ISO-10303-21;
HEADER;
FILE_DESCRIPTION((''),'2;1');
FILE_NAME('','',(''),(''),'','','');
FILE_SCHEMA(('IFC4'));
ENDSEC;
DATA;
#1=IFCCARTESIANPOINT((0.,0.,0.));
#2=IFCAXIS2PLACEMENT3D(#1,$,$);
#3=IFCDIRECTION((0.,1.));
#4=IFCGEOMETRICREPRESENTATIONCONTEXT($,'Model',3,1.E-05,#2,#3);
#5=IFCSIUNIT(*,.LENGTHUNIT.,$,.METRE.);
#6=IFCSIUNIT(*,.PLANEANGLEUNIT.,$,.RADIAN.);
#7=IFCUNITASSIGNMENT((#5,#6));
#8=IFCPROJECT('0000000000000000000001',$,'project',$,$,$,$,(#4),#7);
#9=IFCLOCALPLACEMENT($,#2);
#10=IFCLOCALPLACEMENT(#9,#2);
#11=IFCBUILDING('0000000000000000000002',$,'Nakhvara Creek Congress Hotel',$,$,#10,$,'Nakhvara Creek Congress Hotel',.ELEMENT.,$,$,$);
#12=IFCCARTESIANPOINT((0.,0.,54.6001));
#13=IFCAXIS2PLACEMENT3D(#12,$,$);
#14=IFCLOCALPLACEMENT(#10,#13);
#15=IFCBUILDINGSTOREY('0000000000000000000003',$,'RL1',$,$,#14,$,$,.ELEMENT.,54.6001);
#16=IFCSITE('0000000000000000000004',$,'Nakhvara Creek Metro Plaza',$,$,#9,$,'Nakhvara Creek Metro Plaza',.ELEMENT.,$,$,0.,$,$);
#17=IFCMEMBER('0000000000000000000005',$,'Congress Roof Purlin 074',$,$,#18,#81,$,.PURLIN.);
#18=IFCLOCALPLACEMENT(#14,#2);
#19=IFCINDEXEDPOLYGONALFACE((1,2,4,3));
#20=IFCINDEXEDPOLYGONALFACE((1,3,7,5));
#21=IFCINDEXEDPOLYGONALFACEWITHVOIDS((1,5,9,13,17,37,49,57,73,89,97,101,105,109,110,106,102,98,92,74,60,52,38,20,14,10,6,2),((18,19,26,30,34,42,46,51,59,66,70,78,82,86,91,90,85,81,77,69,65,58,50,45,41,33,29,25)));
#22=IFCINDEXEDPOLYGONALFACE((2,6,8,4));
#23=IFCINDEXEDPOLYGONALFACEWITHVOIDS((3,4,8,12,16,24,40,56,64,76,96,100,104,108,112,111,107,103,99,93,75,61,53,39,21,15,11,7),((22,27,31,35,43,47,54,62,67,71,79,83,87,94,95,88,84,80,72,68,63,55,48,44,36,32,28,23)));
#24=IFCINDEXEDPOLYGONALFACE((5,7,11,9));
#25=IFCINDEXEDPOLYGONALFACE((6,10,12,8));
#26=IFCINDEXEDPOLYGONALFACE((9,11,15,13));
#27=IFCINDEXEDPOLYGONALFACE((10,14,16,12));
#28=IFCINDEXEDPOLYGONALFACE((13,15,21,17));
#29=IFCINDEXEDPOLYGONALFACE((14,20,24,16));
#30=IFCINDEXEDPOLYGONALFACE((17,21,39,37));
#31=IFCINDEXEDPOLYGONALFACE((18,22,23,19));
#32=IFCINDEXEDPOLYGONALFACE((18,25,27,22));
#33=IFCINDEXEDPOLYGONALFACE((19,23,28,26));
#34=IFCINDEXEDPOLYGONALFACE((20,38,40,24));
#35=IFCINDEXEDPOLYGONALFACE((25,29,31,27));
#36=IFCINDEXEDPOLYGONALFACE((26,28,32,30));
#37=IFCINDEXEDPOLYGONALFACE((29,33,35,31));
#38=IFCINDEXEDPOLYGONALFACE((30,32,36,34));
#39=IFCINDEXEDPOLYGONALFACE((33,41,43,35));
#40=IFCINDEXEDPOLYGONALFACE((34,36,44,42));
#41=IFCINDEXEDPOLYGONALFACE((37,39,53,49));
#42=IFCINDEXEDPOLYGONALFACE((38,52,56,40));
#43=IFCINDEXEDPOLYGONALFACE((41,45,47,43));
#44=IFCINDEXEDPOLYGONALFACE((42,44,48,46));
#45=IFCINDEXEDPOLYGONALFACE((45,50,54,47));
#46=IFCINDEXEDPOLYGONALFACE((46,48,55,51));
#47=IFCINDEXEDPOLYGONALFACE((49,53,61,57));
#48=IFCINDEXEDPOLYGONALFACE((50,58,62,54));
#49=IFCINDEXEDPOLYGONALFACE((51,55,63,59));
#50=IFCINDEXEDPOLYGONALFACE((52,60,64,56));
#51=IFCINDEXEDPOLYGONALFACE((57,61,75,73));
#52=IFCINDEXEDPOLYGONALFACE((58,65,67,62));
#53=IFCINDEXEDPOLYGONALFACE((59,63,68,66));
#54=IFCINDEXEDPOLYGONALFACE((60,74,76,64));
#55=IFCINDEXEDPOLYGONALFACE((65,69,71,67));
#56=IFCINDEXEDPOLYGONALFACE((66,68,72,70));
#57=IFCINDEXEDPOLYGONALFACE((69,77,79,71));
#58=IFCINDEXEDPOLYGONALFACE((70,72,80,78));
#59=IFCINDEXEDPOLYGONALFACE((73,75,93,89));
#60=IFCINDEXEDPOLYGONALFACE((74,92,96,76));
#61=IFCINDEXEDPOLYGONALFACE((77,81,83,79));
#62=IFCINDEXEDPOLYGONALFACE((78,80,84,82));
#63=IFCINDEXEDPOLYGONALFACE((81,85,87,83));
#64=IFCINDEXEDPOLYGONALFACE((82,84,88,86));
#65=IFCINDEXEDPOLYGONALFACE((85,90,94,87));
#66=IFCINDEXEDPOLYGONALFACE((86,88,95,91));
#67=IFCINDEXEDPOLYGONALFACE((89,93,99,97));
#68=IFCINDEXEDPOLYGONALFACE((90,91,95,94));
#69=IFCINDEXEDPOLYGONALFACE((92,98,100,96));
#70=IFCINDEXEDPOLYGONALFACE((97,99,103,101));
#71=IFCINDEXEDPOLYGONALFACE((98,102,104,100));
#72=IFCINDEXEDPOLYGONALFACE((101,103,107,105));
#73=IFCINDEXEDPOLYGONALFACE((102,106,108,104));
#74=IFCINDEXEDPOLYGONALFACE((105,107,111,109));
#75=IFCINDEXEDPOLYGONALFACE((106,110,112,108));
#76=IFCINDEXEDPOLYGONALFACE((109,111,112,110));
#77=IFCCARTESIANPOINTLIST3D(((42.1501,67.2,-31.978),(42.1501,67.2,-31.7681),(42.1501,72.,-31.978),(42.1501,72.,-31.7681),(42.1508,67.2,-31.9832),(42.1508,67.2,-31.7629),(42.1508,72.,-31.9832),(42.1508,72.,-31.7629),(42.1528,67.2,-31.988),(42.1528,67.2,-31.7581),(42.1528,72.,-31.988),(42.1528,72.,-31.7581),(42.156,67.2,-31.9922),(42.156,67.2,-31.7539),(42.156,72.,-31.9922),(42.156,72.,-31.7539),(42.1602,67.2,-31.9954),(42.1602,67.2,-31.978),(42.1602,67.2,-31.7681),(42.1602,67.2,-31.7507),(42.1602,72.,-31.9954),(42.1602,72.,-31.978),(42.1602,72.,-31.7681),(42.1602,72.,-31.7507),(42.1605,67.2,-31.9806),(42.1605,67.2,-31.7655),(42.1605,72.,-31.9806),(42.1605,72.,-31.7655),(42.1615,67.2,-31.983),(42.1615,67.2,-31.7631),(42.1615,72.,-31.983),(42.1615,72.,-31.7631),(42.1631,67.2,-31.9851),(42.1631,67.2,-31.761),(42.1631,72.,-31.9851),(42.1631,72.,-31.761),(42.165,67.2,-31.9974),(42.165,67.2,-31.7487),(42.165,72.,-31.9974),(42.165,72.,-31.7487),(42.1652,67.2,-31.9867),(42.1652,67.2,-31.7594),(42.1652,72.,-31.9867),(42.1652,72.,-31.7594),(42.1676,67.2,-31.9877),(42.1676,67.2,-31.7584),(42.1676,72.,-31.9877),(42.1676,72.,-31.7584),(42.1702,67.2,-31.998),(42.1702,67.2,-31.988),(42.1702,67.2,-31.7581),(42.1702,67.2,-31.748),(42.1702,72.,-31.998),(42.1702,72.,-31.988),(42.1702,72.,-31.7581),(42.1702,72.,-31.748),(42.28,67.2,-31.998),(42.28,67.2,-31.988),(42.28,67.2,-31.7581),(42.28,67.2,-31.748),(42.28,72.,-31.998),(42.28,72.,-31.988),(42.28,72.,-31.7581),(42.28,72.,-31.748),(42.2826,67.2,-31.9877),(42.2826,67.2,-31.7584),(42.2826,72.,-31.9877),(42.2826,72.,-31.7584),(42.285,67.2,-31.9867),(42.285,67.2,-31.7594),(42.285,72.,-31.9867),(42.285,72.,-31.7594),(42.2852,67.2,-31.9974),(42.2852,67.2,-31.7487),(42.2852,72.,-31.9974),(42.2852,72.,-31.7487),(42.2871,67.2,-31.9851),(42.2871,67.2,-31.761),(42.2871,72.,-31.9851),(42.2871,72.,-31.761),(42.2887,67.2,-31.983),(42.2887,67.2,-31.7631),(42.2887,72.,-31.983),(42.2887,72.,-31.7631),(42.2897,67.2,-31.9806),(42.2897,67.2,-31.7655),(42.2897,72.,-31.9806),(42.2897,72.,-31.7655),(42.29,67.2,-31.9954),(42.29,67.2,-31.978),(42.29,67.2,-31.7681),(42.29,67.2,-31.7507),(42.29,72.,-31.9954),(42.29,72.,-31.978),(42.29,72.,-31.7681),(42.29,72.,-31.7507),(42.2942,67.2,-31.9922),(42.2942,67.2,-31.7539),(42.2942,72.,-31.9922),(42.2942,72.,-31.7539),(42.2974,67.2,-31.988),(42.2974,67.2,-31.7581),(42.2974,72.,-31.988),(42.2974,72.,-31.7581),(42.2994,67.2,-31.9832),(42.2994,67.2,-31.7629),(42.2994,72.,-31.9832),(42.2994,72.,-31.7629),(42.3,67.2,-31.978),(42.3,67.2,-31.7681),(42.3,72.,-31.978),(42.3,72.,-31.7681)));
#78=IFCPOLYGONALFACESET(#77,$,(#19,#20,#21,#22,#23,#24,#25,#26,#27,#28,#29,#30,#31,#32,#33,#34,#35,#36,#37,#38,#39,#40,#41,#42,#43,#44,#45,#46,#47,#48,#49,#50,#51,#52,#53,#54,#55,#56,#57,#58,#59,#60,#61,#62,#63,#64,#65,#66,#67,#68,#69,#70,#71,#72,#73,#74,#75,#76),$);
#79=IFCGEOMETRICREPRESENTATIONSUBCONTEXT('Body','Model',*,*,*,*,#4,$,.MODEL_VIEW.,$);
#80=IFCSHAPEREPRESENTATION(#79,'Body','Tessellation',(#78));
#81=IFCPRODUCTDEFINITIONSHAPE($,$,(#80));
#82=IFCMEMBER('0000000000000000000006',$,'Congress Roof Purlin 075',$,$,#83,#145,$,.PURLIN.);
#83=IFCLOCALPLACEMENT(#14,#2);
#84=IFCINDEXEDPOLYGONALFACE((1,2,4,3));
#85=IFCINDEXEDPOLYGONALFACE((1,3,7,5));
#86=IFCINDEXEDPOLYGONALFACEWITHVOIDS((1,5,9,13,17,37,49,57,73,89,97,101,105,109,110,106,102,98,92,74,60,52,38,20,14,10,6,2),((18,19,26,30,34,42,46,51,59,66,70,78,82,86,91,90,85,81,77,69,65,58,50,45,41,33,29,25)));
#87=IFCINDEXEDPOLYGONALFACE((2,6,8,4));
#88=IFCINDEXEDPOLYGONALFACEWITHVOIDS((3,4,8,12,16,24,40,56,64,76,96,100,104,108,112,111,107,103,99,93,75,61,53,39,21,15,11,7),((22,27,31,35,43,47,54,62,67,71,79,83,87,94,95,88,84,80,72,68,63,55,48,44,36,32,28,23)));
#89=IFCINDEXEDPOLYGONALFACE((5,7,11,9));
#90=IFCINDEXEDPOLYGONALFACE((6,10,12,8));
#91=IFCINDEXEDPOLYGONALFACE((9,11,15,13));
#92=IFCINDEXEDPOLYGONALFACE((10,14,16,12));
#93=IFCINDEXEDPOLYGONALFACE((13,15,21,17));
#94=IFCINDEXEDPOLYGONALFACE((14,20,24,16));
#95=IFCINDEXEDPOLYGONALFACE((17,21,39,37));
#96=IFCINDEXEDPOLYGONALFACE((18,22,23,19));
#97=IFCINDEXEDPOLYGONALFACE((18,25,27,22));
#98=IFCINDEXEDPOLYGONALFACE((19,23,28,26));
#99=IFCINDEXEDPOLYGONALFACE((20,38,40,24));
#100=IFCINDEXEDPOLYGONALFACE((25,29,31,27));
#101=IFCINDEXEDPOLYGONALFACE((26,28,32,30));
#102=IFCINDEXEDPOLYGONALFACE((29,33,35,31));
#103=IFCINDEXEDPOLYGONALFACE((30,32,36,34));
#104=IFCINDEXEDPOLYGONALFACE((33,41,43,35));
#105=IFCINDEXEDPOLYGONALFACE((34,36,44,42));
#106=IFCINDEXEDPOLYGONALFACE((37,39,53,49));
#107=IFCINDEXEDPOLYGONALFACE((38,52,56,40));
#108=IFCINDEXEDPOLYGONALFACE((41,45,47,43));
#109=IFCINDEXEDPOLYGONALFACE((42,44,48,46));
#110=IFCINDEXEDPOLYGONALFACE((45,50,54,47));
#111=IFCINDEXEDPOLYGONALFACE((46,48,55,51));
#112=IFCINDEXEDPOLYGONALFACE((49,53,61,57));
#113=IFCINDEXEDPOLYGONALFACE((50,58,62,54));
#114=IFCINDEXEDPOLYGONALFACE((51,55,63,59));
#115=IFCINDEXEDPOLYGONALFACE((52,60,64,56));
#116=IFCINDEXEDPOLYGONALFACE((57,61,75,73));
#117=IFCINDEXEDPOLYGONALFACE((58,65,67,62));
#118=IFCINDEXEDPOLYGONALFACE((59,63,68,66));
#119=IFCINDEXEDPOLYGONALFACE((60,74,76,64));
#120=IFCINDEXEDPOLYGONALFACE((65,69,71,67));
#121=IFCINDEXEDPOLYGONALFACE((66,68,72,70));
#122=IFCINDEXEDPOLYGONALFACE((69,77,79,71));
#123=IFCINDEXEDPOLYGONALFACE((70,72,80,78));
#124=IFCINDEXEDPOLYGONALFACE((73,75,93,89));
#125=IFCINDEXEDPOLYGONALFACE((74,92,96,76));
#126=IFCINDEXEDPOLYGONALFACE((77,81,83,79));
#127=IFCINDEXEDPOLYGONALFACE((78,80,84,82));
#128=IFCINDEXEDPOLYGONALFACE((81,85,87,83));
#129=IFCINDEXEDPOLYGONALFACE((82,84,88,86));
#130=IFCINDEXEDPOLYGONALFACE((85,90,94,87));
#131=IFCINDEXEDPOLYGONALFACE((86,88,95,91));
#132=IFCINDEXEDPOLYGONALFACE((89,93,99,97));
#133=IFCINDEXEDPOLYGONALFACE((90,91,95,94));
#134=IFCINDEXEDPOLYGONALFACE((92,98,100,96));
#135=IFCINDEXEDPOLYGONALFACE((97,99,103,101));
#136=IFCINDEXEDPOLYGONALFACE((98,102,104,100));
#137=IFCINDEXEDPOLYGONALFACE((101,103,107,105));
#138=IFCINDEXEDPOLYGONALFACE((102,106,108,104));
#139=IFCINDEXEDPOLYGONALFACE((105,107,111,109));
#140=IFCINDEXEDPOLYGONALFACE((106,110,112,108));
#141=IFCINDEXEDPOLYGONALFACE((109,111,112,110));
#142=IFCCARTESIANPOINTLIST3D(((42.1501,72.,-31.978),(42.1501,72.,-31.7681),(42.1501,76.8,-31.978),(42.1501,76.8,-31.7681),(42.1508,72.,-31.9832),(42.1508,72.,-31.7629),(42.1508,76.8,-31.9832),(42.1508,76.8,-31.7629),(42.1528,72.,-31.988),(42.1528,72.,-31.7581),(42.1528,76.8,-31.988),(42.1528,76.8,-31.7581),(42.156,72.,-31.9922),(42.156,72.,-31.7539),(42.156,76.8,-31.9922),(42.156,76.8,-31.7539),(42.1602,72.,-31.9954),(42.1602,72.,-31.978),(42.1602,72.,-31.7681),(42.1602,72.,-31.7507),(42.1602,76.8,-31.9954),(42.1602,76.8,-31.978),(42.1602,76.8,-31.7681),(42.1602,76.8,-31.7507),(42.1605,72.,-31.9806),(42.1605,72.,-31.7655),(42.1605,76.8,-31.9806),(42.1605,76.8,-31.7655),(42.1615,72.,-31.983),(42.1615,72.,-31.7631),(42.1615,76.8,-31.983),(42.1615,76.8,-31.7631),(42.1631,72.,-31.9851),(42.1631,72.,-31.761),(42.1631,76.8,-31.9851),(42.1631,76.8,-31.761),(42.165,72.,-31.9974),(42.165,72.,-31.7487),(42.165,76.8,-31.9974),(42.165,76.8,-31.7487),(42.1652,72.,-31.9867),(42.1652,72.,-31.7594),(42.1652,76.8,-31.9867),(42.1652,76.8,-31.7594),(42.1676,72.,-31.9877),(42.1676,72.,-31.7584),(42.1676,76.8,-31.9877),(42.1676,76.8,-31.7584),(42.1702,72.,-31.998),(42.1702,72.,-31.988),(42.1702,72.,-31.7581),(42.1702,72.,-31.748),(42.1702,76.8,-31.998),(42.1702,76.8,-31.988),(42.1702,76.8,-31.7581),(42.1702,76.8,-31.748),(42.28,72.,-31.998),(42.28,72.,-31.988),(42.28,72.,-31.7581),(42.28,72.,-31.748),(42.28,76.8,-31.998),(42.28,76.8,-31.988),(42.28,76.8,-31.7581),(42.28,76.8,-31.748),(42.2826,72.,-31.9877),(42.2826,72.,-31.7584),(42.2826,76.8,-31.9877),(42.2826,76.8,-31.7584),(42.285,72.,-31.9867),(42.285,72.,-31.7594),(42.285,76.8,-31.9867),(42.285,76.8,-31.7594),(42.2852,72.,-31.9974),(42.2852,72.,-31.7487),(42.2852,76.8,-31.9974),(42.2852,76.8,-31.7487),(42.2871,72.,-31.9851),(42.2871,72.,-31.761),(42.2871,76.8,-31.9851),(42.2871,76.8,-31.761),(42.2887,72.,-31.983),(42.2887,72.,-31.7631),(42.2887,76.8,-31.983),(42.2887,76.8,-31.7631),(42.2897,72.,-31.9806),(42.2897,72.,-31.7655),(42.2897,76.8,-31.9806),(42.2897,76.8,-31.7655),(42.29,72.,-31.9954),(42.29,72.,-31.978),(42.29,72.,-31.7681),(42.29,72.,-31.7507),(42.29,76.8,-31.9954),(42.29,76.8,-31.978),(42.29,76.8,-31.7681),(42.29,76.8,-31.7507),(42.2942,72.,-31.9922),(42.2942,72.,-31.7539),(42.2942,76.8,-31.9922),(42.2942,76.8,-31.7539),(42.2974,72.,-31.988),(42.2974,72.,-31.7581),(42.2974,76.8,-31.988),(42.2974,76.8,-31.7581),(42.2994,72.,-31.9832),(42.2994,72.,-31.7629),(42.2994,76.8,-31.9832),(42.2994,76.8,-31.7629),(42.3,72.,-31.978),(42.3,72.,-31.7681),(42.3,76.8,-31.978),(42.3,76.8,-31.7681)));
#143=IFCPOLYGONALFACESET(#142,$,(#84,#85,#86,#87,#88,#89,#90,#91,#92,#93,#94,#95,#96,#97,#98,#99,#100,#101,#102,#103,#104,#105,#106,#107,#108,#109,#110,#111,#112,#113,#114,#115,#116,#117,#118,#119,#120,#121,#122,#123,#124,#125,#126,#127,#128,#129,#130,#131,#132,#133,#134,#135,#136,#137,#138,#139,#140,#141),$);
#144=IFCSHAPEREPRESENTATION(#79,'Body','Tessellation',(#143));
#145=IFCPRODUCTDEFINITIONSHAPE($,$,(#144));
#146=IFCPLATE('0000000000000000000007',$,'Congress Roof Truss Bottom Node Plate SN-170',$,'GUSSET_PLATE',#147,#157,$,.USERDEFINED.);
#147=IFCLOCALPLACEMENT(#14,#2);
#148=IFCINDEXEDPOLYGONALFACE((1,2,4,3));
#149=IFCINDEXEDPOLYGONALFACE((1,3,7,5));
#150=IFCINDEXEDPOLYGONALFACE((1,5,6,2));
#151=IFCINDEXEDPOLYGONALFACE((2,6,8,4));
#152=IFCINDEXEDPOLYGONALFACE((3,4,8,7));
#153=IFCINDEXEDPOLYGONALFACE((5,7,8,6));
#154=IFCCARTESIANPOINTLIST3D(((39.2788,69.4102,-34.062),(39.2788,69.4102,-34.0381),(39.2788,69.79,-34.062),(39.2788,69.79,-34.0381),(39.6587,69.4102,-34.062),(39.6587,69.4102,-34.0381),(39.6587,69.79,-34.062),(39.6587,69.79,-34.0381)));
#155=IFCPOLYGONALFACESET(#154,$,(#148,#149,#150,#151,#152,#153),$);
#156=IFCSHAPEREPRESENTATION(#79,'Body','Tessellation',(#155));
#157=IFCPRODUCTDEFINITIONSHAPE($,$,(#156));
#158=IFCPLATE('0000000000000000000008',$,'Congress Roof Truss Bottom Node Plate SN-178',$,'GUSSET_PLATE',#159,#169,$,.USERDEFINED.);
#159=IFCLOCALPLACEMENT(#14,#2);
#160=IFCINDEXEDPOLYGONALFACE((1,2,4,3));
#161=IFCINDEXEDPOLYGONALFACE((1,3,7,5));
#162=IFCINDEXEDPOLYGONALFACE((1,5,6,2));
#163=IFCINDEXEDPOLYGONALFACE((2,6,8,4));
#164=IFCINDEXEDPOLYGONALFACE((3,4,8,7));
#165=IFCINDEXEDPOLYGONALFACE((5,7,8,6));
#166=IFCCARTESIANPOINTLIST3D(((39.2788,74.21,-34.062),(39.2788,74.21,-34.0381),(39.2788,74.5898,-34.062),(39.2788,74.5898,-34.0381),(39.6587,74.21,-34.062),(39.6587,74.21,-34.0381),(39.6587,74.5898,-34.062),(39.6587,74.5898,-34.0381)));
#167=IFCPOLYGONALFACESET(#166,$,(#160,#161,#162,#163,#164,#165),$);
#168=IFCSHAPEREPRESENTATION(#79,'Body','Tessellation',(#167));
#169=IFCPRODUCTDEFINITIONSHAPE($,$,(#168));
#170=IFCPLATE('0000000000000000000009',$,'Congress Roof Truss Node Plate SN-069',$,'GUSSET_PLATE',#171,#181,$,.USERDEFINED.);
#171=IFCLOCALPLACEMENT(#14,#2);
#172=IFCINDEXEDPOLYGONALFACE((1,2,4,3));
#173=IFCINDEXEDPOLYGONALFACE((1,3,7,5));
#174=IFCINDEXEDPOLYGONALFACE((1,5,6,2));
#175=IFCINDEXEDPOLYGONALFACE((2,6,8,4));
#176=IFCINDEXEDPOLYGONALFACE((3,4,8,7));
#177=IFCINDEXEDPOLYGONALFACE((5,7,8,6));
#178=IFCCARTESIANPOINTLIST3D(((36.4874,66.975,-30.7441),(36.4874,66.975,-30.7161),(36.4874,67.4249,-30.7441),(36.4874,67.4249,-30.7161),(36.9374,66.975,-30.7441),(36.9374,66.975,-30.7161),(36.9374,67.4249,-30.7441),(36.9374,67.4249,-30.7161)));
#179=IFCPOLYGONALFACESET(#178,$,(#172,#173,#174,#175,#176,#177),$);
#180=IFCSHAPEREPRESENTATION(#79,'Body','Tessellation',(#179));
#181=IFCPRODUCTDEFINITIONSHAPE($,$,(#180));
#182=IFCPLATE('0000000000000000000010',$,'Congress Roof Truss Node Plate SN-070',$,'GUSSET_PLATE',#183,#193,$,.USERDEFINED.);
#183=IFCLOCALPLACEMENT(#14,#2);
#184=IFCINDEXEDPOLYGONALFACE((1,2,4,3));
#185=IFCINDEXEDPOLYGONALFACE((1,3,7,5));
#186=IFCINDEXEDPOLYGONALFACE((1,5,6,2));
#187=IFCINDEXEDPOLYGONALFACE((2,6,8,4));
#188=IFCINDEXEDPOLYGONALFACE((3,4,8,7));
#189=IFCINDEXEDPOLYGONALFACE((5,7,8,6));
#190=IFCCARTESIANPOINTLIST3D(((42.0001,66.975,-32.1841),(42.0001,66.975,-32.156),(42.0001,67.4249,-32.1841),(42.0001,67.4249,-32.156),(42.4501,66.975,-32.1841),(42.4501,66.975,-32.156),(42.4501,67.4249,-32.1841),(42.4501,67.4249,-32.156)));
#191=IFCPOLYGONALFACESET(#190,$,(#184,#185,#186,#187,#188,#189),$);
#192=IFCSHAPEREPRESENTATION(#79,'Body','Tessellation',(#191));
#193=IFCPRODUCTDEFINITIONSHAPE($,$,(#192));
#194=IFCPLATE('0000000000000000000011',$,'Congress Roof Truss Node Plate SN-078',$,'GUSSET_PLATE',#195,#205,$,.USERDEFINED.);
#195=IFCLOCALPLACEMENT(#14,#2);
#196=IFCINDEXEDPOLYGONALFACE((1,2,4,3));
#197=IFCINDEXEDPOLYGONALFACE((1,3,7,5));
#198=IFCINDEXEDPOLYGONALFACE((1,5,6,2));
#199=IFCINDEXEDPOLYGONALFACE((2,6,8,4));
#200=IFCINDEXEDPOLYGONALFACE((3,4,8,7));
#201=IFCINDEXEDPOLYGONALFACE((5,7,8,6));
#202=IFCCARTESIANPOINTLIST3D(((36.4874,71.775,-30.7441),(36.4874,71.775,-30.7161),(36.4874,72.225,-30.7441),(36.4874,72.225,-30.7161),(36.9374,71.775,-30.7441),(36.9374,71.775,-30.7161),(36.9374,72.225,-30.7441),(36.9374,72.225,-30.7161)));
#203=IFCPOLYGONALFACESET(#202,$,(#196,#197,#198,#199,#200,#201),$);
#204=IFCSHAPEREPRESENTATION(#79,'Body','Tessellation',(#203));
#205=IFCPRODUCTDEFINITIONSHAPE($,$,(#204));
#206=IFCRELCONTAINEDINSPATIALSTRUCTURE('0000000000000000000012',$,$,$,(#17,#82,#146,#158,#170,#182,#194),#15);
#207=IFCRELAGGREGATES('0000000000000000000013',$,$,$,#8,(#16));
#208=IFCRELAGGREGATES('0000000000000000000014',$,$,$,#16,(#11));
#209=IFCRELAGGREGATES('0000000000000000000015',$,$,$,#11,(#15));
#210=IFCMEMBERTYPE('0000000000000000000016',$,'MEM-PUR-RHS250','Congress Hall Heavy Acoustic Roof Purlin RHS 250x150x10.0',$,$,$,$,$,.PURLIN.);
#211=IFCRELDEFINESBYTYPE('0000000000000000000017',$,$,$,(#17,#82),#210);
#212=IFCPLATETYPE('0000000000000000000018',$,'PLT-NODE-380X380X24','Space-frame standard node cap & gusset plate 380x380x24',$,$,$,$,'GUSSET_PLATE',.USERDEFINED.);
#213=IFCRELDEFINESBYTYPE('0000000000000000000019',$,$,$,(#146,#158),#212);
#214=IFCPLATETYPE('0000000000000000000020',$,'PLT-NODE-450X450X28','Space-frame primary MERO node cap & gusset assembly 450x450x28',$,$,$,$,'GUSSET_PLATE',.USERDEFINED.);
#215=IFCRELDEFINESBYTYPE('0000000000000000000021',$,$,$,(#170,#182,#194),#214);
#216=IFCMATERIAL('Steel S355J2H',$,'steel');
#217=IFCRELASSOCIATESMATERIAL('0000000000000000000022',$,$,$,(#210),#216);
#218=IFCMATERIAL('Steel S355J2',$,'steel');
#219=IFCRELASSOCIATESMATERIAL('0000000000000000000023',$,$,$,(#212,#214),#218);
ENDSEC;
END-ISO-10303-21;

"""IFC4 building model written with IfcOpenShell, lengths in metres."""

from ifc_helpers import new_model, si_unit, direction, frame, origin, origin_2d, place, context, subcontext, project, spatial, rectangle, hollow_rectangle, extrude, material, material_profile, profile_set, type_object, element, save


model = new_model("IFC4")

# Units and contexts
model_context = context("Model", 3, precision=1e-05, world=origin(), true_north=direction((0.0, 1.0)))
body_context = subcontext(model_context, "Body", "Model", "MODEL_VIEW")
ifc_project = project(units=[si_unit("LENGTHUNIT", "METRE"), si_unit("PLANEANGLEUNIT", "RADIAN")], contexts=[model_context])

# Site, building, storey
site_placement = place(None, origin())
site = spatial("IfcSite", under=ifc_project, at=site_placement, Name="Nakhvara Creek Metro Plaza", LongName="Nakhvara Creek Metro Plaza", CompositionType="ELEMENT", RefElevation=0.0)
building_placement = place(site_placement, origin())
building = spatial("IfcBuilding", under=site, at=building_placement, Name="Nakhvara Creek Congress Hotel", LongName="Nakhvara Creek Congress Hotel", CompositionType="ELEMENT")
storey_placement = place(building_placement, frame((0.0, 0.0, 54.6001)))
storey = spatial("IfcBuildingStorey", under=building, at=storey_placement, Name="RL1", CompositionType="ELEMENT", Elevation=54.6001)

# Members
ifc_material_1 = material(Name="Steel S355J2H", Category="steel")
ifc_material_profile_1 = material_profile(ifc_material_1, hollow_rectangle(XDim=0.1499, YDim=0.25, WallThickness=0.01, InnerFilletRadius=0.01, OuterFilletRadius=0.02, at=origin_2d()), Name="RHS 250x150x10.0", Category="LoadBearing")
ifc_profile_set_1 = profile_set([ifc_material_profile_1], Name="Steel S355J2H")
member_type_1 = type_object("IfcMemberType", Name="MEM-PUR-RHS250", Description="Congress Hall Heavy Acoustic Roof Purlin RHS 250x150x10.0", PredefinedType="PURLIN", material=ifc_profile_set_1)
for number, where, z_axis, x_axis, name in (
    (1, (42.2251, 67.2, -31.873), (0.0, 1.0, 0.0), (-1.0, 0.0, 0.0), "Congress Roof Purlin 074"),
    (2, (42.2251, 72.0, -31.873), (0.0, 1.0, 0.0), (-1.0, 0.0, 0.0), "Congress Roof Purlin 075"),
):
    element("IfcMember", number, at=place(storey_placement, frame(where, z_axis=z_axis, x_axis=x_axis)), inside=storey, type_object=member_type_1, Name=name, PredefinedType="PURLIN", context=body_context, shape_type="SweptSolid", body=[
        extrude(hollow_rectangle(XDim=0.1499, YDim=0.25, WallThickness=0.01, InnerFilletRadius=0.01, OuterFilletRadius=0.02, at=origin_2d()), origin(), (0.0, 0.0, 1.0), 4.8),
    ])

# Plates
ifc_material_2 = material(Name="Steel S355J2", Category="steel")
plate_type_1 = type_object("IfcPlateType", Name="PLT-NODE-380X380X24", Description="Space-frame standard node cap & gusset plate 380x380x24", ElementType="GUSSET_PLATE", PredefinedType="USERDEFINED", material=ifc_material_2)
for number, where, z_axis, x_axis, name in (
    (3, (39.4688, 69.6001, -34.062), (0.0, 0.0, 1.0), (1.0, 0.0, 0.0), "Congress Roof Truss Bottom Node Plate SN-170"),
    (4, (39.4688, 74.3999, -34.062), (0.0, 0.0, 1.0), (1.0, 0.0, 0.0), "Congress Roof Truss Bottom Node Plate SN-178"),
):
    element("IfcPlate", number, at=place(storey_placement, frame(where, z_axis=z_axis, x_axis=x_axis)), inside=storey, type_object=plate_type_1, Name=name, ObjectType="GUSSET_PLATE", PredefinedType="USERDEFINED", context=body_context, shape_type="SweptSolid", body=[
        extrude(rectangle(XDim=0.3799, YDim=0.3799, at=origin_2d()), origin(), (0.0, 0.0, 1.0), 0.0239),
    ])
plate_type_2 = type_object("IfcPlateType", Name="PLT-NODE-450X450X28", Description="Space-frame primary MERO node cap & gusset assembly 450x450x28", ElementType="GUSSET_PLATE", PredefinedType="USERDEFINED", material=ifc_material_2)
for number, where, z_axis, x_axis, name in (
    (5, (36.7124, 67.2, -30.7441), (0.0, 0.0, 1.0), (1.0, 0.0, 0.0), "Congress Roof Truss Node Plate SN-069"),
    (6, (42.2251, 67.2, -32.1841), (0.0, 0.0, 1.0), (1.0, 0.0, 0.0), "Congress Roof Truss Node Plate SN-070"),
    (7, (36.7124, 72.0, -30.7441), (0.0, 0.0, 1.0), (1.0, 0.0, 0.0), "Congress Roof Truss Node Plate SN-078"),
):
    element("IfcPlate", number, at=place(storey_placement, frame(where, z_axis=z_axis, x_axis=x_axis)), inside=storey, type_object=plate_type_2, Name=name, ObjectType="GUSSET_PLATE", PredefinedType="USERDEFINED", context=body_context, shape_type="SweptSolid", body=[
        extrude(rectangle(XDim=0.45, YDim=0.45, at=origin_2d()), origin(), (0.0, 0.0, 1.0), 0.0281),
    ])

save(model, "model.ifc")
